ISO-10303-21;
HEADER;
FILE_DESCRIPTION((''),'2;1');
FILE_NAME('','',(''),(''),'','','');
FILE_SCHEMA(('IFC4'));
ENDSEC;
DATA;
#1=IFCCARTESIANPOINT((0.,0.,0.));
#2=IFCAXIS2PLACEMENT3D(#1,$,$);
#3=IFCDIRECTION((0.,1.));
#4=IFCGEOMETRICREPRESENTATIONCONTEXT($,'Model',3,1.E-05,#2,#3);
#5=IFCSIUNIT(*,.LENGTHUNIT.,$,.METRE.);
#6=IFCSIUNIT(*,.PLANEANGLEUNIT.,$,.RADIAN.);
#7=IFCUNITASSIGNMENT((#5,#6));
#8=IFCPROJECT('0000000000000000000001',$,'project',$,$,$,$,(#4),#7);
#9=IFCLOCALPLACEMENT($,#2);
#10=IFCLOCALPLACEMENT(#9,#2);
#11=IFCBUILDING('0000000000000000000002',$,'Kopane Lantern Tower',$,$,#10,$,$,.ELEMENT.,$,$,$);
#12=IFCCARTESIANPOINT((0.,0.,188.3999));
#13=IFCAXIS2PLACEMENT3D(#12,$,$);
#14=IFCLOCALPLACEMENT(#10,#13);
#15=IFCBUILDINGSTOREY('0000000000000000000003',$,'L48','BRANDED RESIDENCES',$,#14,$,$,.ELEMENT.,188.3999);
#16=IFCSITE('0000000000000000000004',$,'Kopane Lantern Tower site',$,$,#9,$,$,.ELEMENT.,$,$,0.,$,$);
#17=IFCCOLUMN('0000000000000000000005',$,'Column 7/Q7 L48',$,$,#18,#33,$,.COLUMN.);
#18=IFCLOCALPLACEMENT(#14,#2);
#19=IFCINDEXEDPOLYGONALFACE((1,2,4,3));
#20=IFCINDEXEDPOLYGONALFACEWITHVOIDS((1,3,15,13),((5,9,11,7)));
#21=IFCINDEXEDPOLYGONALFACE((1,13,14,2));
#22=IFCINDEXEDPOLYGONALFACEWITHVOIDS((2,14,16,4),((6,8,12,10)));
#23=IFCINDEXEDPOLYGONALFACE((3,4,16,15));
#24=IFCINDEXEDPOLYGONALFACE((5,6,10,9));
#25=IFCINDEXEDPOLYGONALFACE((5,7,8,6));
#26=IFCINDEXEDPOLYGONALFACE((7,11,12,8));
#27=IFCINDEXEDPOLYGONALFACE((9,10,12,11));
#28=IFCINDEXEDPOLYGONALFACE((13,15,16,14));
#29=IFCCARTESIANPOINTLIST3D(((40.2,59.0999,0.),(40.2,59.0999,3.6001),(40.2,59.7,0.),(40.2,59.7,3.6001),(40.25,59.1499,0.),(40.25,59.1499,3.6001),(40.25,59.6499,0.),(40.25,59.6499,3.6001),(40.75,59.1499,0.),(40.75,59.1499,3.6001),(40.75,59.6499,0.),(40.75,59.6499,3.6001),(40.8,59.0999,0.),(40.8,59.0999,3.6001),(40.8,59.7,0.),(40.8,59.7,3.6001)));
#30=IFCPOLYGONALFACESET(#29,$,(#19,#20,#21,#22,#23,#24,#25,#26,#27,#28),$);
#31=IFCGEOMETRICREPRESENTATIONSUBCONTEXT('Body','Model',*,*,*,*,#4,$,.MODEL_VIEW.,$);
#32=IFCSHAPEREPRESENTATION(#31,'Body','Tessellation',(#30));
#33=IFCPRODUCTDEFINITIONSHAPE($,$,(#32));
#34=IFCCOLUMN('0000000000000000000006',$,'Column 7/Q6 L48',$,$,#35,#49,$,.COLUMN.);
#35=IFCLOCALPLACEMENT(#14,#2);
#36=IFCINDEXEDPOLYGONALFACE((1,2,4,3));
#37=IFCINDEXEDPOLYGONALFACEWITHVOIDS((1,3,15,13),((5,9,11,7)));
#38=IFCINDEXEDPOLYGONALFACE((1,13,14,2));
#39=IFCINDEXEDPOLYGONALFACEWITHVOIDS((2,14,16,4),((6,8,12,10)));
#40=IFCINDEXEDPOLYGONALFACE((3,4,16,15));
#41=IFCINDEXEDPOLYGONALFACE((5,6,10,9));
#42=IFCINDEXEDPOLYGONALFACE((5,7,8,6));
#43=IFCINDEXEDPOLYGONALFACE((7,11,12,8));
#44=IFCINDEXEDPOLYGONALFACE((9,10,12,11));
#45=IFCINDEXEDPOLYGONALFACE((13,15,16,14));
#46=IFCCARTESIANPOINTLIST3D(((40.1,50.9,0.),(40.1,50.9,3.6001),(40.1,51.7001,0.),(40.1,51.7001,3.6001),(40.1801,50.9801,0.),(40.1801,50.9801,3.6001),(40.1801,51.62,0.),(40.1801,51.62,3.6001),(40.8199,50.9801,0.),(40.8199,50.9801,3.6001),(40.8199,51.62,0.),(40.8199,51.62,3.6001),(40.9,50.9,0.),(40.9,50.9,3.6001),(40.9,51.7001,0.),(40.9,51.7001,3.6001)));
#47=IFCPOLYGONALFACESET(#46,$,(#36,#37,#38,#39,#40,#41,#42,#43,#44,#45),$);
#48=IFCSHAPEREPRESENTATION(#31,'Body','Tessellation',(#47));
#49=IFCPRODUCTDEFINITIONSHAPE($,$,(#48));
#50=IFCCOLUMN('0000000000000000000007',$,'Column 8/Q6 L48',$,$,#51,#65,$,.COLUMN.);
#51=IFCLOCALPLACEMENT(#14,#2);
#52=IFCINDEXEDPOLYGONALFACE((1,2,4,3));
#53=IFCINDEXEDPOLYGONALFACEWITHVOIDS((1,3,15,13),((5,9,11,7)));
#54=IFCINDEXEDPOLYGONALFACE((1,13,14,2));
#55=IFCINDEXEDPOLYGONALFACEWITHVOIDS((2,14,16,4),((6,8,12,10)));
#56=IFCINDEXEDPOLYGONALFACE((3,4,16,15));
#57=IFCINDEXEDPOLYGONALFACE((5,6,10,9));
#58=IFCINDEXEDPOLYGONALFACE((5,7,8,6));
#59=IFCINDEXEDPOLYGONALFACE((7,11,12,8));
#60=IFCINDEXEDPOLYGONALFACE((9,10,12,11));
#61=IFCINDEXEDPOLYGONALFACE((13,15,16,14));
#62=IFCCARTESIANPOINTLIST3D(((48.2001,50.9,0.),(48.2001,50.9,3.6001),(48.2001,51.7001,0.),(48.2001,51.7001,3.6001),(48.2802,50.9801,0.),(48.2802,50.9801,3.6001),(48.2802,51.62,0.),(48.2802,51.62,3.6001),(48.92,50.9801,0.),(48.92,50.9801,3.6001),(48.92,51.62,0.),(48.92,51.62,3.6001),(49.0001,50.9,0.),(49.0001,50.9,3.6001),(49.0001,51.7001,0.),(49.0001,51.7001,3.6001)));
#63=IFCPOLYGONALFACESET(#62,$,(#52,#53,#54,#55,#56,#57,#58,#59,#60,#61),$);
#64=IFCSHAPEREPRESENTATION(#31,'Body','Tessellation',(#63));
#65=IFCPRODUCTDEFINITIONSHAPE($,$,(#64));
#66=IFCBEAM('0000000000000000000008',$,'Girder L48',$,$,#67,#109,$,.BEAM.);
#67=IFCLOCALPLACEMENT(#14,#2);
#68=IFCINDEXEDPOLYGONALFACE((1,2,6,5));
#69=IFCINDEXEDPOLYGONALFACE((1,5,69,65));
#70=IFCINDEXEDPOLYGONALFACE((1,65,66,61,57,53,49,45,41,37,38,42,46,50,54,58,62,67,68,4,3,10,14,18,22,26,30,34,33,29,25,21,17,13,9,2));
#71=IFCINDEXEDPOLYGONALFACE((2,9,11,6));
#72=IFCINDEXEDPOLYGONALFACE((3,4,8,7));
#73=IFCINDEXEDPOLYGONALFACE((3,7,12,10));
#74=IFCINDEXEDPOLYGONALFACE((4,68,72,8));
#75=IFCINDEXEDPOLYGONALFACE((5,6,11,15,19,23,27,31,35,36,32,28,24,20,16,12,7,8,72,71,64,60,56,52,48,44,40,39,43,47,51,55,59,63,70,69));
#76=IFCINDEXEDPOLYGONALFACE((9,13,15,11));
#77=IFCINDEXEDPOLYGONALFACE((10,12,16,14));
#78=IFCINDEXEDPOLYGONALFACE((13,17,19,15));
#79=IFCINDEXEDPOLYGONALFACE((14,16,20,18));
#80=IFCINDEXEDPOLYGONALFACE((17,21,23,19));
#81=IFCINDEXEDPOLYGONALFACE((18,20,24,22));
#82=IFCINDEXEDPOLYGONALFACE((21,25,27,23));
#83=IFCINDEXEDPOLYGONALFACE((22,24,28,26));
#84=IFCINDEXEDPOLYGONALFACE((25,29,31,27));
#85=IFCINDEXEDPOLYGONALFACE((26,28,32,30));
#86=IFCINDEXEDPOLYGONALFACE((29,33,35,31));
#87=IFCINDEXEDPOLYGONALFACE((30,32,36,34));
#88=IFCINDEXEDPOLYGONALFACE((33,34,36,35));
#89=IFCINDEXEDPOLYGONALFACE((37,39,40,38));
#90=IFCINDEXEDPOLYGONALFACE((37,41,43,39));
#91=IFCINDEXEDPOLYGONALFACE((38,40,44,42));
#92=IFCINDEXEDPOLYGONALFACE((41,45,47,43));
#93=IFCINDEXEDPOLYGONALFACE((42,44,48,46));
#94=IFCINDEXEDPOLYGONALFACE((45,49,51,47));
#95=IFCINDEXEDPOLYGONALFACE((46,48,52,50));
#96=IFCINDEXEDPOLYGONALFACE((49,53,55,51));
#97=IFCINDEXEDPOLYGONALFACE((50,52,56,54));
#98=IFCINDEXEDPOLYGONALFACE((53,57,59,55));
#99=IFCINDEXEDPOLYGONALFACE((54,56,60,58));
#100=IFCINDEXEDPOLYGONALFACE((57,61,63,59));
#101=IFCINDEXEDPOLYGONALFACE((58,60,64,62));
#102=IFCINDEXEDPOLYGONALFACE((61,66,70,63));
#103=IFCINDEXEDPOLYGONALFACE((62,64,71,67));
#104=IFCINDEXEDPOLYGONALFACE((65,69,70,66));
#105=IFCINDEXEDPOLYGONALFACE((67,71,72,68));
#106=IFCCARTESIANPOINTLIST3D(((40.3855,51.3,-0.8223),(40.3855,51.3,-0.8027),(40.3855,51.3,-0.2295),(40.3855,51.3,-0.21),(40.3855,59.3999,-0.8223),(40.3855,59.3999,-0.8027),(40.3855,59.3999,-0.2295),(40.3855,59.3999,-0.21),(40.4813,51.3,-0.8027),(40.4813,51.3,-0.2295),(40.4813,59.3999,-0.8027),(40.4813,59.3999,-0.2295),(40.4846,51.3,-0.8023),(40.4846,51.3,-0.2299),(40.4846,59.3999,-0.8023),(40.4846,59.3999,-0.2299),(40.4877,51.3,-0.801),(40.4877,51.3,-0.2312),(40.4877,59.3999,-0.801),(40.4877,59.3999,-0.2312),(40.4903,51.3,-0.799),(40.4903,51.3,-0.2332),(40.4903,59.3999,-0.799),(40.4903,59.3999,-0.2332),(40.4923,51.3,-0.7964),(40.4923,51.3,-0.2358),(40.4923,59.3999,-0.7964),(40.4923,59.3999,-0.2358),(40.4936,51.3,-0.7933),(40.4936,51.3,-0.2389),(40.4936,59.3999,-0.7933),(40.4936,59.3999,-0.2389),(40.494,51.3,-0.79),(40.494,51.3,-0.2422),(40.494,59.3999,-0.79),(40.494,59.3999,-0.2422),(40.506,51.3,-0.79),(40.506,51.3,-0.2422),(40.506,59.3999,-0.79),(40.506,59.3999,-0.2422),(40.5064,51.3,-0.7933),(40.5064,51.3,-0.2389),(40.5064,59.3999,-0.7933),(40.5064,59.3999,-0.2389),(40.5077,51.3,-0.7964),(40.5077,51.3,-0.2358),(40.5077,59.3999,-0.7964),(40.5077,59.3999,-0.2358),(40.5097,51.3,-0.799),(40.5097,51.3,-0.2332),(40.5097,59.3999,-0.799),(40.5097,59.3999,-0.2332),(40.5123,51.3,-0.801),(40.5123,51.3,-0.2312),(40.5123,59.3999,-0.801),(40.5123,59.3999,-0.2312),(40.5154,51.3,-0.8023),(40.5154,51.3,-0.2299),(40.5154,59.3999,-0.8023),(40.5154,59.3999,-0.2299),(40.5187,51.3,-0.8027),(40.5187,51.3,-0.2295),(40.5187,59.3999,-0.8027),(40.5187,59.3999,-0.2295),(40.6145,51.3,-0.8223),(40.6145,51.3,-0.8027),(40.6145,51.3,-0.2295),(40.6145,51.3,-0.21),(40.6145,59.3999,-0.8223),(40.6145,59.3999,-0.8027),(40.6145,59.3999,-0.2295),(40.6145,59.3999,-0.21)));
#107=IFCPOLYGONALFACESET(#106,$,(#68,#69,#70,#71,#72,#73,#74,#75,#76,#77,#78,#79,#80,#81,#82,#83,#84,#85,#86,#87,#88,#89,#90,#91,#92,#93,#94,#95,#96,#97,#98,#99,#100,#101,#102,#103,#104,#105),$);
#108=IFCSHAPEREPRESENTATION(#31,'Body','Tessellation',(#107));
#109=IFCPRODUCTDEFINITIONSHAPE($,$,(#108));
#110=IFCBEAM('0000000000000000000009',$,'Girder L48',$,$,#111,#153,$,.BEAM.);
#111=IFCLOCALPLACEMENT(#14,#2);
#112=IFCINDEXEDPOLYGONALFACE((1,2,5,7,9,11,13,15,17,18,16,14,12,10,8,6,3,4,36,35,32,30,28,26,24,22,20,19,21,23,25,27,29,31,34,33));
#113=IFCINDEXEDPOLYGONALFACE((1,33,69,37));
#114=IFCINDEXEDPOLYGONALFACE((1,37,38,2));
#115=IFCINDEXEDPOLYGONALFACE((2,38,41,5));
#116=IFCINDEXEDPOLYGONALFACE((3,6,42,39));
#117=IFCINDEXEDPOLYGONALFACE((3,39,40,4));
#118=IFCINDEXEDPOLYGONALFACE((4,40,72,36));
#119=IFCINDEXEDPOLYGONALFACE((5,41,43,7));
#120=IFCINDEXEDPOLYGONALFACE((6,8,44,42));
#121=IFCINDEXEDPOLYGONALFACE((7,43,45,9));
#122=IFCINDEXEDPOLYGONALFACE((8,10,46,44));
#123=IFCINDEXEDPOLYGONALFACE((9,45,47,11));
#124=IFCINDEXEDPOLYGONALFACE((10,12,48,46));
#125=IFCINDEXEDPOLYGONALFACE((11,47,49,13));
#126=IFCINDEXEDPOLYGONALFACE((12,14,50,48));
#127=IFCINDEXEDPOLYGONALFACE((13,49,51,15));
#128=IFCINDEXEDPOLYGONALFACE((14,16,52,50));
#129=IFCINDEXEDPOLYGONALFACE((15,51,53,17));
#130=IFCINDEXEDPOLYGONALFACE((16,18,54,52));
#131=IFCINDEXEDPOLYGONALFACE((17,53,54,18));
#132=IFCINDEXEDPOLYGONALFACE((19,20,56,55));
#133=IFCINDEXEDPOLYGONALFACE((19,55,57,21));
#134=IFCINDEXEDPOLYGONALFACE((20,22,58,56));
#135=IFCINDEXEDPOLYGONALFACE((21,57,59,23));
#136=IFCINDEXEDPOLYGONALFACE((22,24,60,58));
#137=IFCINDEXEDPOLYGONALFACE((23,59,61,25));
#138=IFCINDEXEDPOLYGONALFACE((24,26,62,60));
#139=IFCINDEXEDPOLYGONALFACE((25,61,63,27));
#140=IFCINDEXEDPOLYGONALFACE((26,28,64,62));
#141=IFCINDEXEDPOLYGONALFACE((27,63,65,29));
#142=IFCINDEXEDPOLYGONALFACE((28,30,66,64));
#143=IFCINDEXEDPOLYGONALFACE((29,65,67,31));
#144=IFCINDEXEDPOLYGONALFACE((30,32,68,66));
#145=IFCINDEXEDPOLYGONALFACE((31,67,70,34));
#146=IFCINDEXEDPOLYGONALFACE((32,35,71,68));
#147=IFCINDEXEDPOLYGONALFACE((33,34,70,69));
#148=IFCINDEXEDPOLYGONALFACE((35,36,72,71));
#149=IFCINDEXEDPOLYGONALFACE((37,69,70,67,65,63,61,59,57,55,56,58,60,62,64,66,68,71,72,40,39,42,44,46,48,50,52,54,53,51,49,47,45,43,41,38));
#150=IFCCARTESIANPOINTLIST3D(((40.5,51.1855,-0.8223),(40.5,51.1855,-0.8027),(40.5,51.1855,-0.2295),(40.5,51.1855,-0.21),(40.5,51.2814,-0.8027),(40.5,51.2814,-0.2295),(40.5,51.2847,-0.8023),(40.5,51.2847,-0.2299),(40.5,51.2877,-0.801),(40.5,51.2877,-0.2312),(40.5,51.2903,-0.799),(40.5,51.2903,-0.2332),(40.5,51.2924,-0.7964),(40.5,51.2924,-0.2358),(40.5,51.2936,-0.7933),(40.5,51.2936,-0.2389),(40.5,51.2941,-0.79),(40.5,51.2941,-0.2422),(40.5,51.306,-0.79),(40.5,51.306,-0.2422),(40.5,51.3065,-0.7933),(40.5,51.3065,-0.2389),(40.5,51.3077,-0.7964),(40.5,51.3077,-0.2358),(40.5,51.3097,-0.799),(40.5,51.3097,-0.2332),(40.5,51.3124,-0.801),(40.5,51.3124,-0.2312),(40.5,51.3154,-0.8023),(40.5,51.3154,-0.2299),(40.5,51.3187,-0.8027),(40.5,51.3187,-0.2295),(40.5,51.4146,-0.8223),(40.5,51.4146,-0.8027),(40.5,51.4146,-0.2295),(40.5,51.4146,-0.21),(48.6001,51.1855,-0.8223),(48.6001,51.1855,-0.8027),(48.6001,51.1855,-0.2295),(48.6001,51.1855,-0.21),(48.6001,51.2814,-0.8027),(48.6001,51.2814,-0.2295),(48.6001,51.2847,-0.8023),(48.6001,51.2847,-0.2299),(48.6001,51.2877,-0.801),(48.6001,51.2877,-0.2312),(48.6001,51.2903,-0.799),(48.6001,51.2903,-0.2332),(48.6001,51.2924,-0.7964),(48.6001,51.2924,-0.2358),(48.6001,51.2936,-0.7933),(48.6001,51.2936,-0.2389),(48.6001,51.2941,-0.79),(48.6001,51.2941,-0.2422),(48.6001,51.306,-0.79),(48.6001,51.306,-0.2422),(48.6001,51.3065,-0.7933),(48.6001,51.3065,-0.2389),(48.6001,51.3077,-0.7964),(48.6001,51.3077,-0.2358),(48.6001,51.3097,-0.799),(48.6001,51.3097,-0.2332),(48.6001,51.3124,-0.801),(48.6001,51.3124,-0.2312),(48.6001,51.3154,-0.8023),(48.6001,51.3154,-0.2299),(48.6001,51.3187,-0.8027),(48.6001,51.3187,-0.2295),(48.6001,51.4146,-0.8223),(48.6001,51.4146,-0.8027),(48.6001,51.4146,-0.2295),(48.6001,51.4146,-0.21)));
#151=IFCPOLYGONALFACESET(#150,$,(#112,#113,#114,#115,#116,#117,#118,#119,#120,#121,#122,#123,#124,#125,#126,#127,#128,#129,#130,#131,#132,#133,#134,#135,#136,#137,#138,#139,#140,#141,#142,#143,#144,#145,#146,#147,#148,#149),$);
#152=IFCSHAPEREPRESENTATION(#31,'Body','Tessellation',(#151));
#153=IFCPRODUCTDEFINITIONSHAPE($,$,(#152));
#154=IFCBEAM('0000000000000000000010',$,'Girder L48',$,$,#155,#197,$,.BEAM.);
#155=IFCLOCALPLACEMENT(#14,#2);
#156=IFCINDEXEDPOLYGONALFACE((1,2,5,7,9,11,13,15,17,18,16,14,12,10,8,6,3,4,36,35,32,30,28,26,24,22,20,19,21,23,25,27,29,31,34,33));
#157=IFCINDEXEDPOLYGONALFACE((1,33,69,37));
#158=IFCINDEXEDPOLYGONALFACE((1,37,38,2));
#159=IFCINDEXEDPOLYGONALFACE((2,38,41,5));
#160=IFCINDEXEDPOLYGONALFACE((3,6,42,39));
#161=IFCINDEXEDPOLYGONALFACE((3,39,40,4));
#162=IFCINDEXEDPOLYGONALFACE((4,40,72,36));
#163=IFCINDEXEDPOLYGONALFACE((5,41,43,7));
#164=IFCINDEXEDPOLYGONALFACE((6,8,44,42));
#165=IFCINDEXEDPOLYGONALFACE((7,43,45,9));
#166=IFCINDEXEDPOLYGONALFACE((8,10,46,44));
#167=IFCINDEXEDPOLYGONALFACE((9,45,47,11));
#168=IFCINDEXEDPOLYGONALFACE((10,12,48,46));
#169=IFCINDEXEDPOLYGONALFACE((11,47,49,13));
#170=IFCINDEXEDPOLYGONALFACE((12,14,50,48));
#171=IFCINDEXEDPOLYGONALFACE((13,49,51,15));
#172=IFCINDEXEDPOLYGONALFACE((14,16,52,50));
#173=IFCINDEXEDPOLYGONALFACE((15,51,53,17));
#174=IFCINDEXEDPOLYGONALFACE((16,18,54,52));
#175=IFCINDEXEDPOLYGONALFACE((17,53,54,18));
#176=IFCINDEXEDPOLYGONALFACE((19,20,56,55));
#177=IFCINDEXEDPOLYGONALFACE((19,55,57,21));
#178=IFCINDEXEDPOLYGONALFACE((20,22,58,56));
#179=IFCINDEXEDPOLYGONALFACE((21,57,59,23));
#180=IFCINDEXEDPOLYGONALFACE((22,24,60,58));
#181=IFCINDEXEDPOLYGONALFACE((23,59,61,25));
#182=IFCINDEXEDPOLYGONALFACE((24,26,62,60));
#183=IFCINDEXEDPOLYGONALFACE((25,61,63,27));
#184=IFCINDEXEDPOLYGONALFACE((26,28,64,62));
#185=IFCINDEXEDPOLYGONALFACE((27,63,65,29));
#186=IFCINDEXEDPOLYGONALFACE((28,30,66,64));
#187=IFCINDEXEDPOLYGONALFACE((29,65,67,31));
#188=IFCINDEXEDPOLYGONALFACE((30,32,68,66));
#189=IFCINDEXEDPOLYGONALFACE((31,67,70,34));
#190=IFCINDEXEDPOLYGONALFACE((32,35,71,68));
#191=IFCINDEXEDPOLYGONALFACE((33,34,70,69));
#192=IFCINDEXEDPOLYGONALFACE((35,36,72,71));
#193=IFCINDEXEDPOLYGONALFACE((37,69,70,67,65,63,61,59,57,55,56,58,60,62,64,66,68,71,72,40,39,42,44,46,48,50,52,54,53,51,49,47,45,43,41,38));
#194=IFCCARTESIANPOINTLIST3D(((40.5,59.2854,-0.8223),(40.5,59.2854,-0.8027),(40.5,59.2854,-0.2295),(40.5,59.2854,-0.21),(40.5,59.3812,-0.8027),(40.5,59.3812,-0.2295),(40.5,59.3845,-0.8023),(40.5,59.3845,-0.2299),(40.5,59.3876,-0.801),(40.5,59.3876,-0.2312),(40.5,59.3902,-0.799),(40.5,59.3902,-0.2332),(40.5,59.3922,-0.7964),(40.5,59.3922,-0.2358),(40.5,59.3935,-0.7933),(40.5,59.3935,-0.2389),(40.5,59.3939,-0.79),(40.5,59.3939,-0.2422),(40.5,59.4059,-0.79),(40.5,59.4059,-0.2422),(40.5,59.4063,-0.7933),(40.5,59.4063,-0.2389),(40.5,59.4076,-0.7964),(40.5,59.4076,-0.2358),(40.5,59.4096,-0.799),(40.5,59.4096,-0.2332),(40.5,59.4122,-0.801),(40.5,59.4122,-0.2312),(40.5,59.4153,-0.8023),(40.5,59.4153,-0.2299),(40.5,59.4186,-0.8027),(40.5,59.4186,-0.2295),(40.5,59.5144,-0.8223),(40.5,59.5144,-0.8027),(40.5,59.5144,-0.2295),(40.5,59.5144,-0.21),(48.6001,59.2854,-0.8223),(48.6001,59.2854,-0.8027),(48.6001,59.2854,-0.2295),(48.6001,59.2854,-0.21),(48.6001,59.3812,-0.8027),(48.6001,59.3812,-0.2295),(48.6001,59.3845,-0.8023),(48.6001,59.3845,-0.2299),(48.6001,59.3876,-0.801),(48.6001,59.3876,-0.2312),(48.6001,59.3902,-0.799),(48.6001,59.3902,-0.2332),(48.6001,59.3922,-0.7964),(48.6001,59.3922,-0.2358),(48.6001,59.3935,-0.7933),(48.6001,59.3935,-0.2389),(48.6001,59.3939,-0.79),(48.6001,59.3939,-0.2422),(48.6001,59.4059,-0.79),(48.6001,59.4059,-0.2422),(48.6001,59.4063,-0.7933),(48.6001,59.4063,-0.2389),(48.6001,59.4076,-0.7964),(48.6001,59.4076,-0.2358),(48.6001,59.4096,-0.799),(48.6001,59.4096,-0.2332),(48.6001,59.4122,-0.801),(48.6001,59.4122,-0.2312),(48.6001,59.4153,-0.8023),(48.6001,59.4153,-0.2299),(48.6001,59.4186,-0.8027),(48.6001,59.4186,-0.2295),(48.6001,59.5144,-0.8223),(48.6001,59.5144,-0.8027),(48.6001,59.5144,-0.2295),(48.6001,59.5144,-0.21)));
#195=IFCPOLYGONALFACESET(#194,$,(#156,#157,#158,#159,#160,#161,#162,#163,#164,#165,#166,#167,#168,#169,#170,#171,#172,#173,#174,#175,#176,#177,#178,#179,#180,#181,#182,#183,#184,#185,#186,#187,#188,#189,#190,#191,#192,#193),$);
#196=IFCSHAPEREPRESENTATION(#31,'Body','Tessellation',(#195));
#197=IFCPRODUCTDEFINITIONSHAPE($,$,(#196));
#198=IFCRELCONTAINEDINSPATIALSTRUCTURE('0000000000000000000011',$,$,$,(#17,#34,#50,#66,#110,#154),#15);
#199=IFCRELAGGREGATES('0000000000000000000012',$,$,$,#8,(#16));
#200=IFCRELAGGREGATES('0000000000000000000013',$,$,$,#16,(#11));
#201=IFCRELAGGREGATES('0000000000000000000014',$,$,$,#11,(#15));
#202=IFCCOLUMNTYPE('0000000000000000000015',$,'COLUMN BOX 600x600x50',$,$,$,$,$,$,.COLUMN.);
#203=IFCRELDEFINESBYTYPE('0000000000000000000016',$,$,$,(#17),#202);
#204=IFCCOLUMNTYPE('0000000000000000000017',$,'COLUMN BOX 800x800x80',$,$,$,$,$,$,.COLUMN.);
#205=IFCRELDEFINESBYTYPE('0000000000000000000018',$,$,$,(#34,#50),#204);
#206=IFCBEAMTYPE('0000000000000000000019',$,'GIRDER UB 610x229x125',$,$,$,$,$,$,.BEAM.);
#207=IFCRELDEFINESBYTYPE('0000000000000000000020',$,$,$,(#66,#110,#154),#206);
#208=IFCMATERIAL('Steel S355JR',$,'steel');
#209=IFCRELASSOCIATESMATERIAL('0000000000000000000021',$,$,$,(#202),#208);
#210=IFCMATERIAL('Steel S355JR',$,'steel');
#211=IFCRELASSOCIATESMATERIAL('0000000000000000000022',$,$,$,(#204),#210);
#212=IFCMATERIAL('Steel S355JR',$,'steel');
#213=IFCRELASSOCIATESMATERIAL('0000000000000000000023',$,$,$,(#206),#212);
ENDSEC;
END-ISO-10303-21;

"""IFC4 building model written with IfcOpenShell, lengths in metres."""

from ifc_helpers import new_model, si_unit, direction, frame, origin, origin_2d, place, context, subcontext, project, spatial, hollow_rectangle, i_section, extrude, material, material_profile, profile_set, type_object, element, save


model = new_model("IFC4")

# Units and contexts
model_context = context("Model", 3, precision=1e-05, world=origin(), true_north=direction((0.0, 1.0)))
body_context = subcontext(model_context, "Body", "Model", "MODEL_VIEW")
ifc_project = project(units=[si_unit("LENGTHUNIT", "METRE"), si_unit("PLANEANGLEUNIT", "RADIAN")], contexts=[model_context])

# Site, building, storey
site_placement = place(None, origin())
site = spatial("IfcSite", under=ifc_project, at=site_placement, Name="Kopane Lantern Tower site", CompositionType="ELEMENT", RefElevation=0.0)
building_placement = place(site_placement, origin())
building = spatial("IfcBuilding", under=site, at=building_placement, Name="Kopane Lantern Tower", CompositionType="ELEMENT")
storey_placement = place(building_placement, frame((0.0, 0.0, 188.3999)))
storey = spatial("IfcBuildingStorey", under=building, at=storey_placement, Name="L48", Description="BRANDED RESIDENCES", CompositionType="ELEMENT", Elevation=188.3999)

# Columns
ifc_material_1 = material(Name="Steel S355JR", Category="steel")
ifc_material_profile_1 = material_profile(ifc_material_1, hollow_rectangle(XDim=0.6001, YDim=0.6001, WallThickness=0.05, at=origin_2d()), Name="BOX 600x600x50")
ifc_profile_set_1 = profile_set([ifc_material_profile_1], Name="Steel S355JR")
column_type_1 = type_object("IfcColumnType", Name="COLUMN BOX 600x600x50", PredefinedType="COLUMN", material=ifc_profile_set_1)
column_placement = place(storey_placement, frame((40.5, 59.3999, 0.0), z_axis=(0.0, 0.0, 1.0), x_axis=(1.0, 0.0, 0.0)))
element("IfcColumn", 1, at=column_placement, inside=storey, type_object=column_type_1, Name="Column 7/Q7 L48", PredefinedType="COLUMN", context=body_context, shape_type="SweptSolid", body=[
    extrude(hollow_rectangle(XDim=0.6001, YDim=0.6001, WallThickness=0.05, at=origin_2d()), origin(), (0.0, 0.0, 1.0), 3.6001),
])
ifc_material_2 = material(Name="Steel S355JR", Category="steel")
ifc_material_profile_2 = material_profile(ifc_material_2, hollow_rectangle(XDim=0.8, YDim=0.8, WallThickness=0.0801, at=origin_2d()), Name="BOX 800x800x80")
ifc_profile_set_2 = profile_set([ifc_material_profile_2], Name="Steel S355JR")
column_type_2 = type_object("IfcColumnType", Name="COLUMN BOX 800x800x80", PredefinedType="COLUMN", material=ifc_profile_set_2)
for number, where, z_axis, x_axis, name in (
    (2, (40.5, 51.3, 0.0), (0.0, 0.0, 1.0), (1.0, 0.0, 0.0), "Column 7/Q6 L48"),
    (3, (48.6001, 51.3, 0.0), (0.0, 0.0, 1.0), (1.0, 0.0, 0.0), "Column 8/Q6 L48"),
):
    element("IfcColumn", number, at=place(storey_placement, frame(where, z_axis=z_axis, x_axis=x_axis)), inside=storey, type_object=column_type_2, Name=name, PredefinedType="COLUMN", context=body_context, shape_type="SweptSolid", body=[
        extrude(hollow_rectangle(XDim=0.8, YDim=0.8, WallThickness=0.0801, at=origin_2d()), origin(), (0.0, 0.0, 1.0), 3.6001),
    ])

# Beams
ifc_material_3 = material(Name="Steel S355JR", Category="steel")
ifc_material_profile_3 = material_profile(ifc_material_3, i_section(OverallWidth=0.229, OverallDepth=0.6123, WebThickness=0.012, FlangeThickness=0.0195, FilletRadius=0.0127, at=origin_2d()), Name="UB 610x229x125")
ifc_profile_set_3 = profile_set([ifc_material_profile_3], Name="Steel S355JR")
beam_type = type_object("IfcBeamType", Name="GIRDER UB 610x229x125", PredefinedType="BEAM", material=ifc_profile_set_3)
beam_placement = place(storey_placement, frame((40.5, 51.3, -0.5161), z_axis=(0.0, 1.0, 0.0), x_axis=(-1.0, 0.0, 0.0)))
element("IfcBeam", 4, at=beam_placement, inside=storey, type_object=beam_type, Name="Girder L48", PredefinedType="BEAM", context=body_context, shape_type="SweptSolid", body=[
    extrude(i_section(OverallWidth=0.229, OverallDepth=0.6123, WebThickness=0.012, FlangeThickness=0.0195, FilletRadius=0.0127, at=origin_2d()), origin(), (0.0, 0.0, 1.0), 8.0999),
])
for number, where, z_axis, x_axis, name in (
    (5, (40.5, 51.3, -0.5161), (1.0, 0.0, 0.0), (0.0, 1.0, 0.0), "Girder L48"),
    (6, (40.5, 59.3999, -0.5161), (1.0, 0.0, 0.0), (0.0, 1.0, 0.0), "Girder L48"),
):
    element("IfcBeam", number, at=place(storey_placement, frame(where, z_axis=z_axis, x_axis=x_axis)), inside=storey, type_object=beam_type, Name=name, PredefinedType="BEAM", context=body_context, shape_type="SweptSolid", body=[
        extrude(i_section(OverallWidth=0.229, OverallDepth=0.6123, WebThickness=0.012, FlangeThickness=0.0195, FilletRadius=0.0127, at=origin_2d()), origin(), (0.0, 0.0, 1.0), 8.1001),
    ])

save(model, "model.ifc")
